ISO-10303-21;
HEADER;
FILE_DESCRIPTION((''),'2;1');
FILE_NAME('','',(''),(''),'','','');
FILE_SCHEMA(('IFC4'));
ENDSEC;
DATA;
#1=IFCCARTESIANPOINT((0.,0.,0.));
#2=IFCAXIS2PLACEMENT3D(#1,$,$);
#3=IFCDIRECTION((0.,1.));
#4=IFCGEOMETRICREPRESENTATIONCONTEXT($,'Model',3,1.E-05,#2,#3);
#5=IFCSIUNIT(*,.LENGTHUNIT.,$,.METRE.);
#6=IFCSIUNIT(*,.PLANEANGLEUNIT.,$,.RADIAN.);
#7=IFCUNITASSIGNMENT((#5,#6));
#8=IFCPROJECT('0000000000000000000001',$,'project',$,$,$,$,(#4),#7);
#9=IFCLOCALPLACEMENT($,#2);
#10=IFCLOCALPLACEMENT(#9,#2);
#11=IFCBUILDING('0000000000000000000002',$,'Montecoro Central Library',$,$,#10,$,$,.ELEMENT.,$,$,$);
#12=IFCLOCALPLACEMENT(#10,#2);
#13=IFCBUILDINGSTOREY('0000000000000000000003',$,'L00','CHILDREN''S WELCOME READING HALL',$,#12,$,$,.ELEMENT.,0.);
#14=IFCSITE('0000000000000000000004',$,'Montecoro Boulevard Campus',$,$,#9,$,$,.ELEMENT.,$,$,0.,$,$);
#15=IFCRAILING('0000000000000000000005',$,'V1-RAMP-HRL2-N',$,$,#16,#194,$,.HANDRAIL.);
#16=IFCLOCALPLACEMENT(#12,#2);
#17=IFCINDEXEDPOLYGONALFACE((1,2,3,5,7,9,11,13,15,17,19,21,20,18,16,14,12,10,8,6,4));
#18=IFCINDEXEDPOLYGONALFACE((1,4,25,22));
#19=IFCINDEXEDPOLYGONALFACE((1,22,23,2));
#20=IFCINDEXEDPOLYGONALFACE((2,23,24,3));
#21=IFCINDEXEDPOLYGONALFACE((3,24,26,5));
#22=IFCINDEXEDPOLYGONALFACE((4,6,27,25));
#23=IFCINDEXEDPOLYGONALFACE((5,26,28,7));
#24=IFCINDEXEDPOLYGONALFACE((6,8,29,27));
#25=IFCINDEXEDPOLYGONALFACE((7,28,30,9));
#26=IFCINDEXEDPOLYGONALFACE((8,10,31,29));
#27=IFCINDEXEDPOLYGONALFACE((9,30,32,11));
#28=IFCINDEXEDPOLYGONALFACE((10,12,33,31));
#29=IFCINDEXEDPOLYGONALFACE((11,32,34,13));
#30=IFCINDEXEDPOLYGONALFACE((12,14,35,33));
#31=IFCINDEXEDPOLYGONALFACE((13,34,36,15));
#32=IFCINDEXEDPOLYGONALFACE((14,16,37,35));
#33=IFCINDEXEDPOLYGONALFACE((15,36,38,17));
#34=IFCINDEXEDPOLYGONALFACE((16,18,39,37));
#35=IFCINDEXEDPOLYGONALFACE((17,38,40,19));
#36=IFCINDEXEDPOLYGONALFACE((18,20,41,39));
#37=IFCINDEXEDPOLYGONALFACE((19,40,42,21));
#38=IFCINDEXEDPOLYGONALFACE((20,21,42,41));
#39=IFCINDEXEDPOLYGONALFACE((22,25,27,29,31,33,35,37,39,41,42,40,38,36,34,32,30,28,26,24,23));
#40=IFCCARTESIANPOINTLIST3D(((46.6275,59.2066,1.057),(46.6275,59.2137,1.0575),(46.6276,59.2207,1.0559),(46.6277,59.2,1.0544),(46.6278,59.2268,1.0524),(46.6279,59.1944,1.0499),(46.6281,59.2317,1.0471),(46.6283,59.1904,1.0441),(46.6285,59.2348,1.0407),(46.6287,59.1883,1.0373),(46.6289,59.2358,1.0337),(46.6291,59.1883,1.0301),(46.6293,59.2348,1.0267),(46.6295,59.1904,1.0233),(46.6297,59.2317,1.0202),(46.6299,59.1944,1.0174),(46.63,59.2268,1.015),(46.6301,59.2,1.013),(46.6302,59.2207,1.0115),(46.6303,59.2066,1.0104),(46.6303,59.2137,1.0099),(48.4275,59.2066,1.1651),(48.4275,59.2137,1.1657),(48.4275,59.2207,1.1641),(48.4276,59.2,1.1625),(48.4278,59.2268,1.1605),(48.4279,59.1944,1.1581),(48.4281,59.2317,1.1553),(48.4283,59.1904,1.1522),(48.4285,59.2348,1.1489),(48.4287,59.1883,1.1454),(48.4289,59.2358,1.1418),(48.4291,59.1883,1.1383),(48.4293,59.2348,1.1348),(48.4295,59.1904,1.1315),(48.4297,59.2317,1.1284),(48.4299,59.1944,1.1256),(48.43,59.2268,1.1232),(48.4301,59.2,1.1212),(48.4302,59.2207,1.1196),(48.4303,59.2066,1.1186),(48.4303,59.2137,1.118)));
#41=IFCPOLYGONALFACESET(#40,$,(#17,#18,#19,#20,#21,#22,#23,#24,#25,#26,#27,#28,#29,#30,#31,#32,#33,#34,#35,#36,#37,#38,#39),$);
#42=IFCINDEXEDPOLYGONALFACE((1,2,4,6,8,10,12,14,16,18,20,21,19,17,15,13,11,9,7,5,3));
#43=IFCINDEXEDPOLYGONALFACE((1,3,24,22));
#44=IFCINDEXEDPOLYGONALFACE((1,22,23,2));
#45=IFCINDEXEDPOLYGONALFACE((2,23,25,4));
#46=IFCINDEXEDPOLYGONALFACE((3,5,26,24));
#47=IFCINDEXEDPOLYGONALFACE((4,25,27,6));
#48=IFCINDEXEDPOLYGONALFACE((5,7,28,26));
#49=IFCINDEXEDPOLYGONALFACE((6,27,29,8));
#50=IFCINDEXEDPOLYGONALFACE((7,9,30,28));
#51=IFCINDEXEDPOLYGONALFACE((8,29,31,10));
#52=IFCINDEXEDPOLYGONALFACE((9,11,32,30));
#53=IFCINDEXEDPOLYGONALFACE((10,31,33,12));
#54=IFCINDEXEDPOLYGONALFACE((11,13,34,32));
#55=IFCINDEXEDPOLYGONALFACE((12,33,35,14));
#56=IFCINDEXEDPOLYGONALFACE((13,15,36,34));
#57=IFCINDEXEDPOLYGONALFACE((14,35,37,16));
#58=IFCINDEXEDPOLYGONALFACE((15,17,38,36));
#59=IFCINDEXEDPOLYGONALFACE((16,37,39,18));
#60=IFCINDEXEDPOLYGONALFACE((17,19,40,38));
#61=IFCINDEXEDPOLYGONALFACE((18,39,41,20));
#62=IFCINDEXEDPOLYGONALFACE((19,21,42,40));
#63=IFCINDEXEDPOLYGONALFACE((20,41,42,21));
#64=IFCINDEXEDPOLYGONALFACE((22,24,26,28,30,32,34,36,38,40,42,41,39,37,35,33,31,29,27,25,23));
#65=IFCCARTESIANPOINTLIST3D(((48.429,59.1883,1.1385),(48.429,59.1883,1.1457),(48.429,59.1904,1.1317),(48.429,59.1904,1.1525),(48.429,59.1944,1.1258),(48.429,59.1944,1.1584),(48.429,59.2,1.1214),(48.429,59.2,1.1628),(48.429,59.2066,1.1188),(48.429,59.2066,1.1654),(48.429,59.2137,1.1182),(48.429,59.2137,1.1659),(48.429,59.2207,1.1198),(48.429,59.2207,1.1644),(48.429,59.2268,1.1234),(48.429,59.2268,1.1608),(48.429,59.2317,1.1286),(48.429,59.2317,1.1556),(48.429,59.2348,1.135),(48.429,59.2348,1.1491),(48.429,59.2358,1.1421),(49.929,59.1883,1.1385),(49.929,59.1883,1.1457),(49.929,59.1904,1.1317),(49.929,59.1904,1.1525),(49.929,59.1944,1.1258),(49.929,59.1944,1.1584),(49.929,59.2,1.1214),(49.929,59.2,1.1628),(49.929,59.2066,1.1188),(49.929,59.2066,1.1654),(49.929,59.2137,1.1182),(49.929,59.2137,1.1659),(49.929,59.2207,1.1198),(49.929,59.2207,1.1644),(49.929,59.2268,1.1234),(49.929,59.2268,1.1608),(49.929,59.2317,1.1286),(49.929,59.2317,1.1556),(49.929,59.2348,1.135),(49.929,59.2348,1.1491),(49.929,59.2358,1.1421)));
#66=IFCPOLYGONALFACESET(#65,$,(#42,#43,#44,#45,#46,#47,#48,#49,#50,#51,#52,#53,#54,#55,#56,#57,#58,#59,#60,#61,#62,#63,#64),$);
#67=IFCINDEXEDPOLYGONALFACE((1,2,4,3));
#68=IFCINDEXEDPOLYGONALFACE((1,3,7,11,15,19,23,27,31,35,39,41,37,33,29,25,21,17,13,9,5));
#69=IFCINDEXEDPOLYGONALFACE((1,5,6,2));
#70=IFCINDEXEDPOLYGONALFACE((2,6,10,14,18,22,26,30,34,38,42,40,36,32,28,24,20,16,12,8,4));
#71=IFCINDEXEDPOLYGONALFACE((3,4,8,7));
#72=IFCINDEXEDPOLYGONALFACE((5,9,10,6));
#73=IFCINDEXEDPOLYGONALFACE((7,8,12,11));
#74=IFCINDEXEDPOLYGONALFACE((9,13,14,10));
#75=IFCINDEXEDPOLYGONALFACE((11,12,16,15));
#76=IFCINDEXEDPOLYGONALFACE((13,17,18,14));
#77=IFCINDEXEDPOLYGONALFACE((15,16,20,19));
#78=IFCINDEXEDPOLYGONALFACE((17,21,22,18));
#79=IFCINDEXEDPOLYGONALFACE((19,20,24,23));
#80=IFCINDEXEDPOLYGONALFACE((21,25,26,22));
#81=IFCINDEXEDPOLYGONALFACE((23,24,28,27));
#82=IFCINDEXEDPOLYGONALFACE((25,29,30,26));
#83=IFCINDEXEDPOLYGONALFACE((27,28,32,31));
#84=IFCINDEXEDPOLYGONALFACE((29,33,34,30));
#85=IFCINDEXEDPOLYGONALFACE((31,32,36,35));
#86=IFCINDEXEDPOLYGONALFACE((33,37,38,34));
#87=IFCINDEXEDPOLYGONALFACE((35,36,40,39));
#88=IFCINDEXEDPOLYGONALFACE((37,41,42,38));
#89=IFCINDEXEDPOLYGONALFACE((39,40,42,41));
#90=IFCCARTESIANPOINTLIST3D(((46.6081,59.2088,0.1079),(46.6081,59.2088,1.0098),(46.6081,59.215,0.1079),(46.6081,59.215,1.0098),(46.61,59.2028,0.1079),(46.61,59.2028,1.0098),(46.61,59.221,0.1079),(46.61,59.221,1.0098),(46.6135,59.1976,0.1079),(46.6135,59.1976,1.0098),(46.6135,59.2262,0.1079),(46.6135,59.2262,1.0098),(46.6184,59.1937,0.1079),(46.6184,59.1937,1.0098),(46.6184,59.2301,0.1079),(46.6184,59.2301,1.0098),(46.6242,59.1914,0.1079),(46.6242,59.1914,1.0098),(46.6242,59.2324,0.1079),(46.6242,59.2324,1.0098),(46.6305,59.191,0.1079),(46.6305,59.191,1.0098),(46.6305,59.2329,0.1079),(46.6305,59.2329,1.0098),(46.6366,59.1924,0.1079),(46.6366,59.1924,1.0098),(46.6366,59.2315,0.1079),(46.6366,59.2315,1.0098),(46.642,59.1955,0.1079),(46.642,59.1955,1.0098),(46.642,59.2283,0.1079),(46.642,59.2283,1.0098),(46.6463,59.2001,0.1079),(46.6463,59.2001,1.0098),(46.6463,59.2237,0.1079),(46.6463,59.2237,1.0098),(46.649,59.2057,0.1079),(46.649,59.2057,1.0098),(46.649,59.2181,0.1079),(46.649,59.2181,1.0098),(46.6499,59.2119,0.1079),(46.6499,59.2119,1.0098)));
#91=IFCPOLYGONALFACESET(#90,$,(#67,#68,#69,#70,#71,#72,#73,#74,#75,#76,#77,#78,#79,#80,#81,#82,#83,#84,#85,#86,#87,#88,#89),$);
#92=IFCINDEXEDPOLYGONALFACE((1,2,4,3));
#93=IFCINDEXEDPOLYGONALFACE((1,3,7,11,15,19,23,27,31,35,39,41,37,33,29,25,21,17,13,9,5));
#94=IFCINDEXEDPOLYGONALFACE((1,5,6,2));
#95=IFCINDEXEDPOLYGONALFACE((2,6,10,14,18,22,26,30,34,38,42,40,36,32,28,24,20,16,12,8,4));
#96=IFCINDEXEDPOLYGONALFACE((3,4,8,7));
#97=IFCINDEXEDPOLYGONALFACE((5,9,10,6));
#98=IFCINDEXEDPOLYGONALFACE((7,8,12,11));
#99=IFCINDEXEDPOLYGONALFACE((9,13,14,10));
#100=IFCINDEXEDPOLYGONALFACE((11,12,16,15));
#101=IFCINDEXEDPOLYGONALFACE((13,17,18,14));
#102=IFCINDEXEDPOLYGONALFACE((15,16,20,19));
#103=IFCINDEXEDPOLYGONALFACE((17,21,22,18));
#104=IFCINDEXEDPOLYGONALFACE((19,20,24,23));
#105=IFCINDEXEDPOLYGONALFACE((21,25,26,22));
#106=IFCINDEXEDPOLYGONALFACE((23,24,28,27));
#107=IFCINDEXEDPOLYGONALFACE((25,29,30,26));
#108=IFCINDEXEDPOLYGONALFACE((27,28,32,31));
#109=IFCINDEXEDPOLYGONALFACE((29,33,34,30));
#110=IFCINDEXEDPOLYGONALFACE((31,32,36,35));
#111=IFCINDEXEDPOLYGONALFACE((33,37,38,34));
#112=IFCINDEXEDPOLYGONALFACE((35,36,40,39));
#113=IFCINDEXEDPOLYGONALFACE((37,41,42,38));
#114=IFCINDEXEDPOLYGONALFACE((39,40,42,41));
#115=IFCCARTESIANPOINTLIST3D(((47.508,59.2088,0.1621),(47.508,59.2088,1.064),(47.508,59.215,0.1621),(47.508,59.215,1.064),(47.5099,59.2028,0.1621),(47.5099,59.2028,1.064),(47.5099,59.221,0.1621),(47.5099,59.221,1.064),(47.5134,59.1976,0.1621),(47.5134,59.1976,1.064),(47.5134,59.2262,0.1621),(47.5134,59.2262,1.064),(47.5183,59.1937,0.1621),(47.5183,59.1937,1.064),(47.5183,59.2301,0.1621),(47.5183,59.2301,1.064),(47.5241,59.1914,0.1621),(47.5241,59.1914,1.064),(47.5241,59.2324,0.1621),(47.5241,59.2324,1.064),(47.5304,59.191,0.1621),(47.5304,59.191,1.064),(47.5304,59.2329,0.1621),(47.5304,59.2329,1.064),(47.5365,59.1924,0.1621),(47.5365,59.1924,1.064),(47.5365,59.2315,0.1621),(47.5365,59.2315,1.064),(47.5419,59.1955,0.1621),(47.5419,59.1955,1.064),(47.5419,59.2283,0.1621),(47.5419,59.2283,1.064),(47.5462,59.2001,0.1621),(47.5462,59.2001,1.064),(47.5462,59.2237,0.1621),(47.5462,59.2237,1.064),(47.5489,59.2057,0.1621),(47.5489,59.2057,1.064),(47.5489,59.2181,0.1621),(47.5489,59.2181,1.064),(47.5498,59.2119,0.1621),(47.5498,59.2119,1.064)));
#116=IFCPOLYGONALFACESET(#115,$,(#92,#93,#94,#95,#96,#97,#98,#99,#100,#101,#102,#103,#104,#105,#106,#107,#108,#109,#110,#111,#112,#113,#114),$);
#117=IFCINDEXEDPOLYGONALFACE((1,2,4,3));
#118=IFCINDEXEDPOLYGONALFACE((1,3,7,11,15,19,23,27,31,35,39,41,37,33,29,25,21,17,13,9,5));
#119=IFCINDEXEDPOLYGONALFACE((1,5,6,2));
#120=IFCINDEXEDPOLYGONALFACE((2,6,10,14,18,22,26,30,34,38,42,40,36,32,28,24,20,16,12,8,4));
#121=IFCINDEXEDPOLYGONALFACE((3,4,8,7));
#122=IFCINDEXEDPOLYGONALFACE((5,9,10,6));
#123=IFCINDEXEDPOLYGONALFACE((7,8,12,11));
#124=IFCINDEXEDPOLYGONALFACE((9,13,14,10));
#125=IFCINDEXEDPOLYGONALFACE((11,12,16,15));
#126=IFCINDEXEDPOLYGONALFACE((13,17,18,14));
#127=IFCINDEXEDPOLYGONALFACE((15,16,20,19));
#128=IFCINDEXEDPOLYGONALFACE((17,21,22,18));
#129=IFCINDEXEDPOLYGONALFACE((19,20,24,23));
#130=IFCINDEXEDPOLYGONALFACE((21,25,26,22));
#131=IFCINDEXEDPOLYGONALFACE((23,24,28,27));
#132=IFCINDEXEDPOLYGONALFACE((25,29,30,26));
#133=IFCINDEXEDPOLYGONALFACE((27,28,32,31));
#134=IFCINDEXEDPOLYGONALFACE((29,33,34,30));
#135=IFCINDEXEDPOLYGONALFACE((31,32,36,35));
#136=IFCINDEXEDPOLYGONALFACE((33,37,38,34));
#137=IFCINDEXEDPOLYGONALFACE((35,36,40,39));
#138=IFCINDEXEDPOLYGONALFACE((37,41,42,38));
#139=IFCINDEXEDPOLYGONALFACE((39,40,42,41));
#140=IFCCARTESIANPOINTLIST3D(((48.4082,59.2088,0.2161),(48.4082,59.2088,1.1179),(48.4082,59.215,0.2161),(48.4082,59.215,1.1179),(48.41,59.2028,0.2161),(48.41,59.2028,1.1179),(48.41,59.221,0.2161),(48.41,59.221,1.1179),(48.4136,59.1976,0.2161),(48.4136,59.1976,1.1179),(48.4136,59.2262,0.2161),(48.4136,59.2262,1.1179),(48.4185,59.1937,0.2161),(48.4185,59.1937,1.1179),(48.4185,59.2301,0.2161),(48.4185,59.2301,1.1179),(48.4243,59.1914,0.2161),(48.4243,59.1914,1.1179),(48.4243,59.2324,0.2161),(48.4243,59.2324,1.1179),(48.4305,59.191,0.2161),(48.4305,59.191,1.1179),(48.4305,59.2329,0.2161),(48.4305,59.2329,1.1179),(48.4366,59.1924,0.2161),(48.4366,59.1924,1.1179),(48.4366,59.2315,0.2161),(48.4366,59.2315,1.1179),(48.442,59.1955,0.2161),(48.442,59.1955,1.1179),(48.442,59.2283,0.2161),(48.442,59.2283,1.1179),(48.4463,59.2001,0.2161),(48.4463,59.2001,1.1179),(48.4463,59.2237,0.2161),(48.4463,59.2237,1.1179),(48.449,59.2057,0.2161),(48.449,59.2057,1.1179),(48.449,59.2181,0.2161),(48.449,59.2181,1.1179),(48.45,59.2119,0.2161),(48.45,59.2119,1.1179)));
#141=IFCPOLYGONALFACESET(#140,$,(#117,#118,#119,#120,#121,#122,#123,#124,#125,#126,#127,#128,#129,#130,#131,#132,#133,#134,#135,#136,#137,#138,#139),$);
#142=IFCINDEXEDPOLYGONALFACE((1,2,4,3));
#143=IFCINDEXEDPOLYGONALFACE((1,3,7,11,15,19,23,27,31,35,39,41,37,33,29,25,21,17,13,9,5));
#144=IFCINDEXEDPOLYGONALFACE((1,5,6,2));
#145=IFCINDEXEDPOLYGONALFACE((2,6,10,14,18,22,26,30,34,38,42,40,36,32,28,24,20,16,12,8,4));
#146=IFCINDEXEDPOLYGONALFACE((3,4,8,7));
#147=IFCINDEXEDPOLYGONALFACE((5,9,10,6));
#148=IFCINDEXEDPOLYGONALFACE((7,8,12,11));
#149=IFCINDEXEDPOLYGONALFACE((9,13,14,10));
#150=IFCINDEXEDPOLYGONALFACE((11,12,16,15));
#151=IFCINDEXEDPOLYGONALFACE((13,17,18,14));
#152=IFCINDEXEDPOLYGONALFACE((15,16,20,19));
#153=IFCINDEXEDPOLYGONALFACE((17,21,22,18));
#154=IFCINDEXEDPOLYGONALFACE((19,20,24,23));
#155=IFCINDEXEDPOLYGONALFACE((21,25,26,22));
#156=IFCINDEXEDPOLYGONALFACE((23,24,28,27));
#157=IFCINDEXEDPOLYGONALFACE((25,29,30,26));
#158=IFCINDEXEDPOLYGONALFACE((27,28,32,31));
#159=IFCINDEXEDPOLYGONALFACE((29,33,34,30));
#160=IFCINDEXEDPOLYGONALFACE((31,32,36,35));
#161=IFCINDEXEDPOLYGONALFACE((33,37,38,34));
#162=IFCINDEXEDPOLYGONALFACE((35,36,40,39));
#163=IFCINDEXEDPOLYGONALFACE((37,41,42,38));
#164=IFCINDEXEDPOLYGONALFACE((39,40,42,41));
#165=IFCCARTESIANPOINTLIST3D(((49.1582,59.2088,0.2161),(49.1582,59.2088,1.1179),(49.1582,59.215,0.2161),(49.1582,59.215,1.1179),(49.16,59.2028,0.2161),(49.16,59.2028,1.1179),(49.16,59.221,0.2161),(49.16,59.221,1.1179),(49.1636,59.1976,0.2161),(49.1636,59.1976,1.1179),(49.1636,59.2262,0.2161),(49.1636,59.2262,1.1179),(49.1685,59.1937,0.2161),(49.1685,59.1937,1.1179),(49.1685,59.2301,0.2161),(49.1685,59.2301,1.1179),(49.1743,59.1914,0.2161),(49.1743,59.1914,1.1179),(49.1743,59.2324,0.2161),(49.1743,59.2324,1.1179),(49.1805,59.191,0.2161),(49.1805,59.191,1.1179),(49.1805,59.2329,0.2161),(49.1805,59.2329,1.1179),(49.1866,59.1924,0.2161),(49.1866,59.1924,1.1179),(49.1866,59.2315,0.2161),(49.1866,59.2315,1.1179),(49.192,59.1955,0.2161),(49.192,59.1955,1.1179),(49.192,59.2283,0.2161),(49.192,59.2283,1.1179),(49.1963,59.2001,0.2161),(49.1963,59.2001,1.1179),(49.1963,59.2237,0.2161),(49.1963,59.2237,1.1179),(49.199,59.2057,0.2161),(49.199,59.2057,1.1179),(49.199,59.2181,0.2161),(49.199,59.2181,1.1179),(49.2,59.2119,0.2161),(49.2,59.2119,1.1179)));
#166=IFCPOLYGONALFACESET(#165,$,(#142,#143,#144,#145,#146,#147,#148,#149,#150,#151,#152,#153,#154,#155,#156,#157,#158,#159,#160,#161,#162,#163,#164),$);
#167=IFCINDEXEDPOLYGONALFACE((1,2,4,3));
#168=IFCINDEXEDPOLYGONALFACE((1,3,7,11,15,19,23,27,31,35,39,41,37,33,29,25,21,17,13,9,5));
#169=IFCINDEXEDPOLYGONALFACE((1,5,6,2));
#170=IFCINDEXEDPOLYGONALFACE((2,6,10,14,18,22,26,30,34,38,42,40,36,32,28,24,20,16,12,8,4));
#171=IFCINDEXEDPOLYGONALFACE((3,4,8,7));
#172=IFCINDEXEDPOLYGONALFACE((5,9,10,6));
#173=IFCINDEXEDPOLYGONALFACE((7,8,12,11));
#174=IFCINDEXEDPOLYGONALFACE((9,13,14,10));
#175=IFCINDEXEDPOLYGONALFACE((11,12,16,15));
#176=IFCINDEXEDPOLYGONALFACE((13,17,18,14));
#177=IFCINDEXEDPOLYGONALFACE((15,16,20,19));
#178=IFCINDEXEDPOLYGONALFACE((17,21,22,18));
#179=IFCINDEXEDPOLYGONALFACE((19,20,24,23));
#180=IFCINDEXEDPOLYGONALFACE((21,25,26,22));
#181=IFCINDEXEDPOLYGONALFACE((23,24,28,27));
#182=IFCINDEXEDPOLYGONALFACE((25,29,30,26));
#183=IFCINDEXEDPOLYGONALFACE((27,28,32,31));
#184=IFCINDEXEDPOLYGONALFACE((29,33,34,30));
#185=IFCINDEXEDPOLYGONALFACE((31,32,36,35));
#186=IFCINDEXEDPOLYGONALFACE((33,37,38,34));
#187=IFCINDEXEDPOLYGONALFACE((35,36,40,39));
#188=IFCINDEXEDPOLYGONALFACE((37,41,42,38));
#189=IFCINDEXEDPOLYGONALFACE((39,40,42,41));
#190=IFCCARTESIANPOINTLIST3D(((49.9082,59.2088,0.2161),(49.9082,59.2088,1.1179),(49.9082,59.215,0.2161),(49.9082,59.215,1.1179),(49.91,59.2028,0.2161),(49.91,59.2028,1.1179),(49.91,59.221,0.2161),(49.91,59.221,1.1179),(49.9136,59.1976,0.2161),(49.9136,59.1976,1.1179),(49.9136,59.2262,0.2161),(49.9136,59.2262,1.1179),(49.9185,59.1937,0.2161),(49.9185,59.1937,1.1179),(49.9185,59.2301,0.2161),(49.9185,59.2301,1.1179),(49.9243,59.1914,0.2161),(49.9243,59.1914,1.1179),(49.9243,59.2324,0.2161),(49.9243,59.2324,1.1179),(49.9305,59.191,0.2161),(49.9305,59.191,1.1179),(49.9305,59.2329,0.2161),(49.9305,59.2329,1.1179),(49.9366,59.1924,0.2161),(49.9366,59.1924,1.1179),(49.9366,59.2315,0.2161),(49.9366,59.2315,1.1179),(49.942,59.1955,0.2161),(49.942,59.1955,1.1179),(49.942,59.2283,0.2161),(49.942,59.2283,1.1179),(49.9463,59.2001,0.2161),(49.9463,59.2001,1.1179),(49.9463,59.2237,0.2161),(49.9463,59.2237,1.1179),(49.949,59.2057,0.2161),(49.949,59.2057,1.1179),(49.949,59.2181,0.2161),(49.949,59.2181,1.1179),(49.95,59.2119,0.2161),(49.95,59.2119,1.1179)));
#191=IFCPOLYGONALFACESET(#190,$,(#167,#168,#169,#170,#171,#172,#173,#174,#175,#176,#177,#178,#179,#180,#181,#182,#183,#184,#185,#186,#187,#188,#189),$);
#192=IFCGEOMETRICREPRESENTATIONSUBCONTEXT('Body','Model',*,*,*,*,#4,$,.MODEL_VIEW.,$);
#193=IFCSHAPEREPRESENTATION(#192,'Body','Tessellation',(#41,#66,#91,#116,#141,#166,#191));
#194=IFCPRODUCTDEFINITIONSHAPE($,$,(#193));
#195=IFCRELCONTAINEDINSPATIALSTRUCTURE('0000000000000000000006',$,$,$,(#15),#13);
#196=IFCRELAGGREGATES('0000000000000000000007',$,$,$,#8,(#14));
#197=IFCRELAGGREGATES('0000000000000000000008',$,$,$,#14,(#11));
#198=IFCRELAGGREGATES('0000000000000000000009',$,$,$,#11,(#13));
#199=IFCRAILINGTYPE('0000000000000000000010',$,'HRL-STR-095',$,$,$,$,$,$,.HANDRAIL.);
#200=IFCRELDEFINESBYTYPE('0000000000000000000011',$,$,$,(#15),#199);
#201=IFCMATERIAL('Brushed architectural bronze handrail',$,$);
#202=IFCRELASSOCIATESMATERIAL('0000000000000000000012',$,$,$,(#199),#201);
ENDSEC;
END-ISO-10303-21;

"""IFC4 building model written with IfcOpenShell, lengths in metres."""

from ifc_helpers import new_model, si_unit, direction, frame, origin, origin_2d, place, context, subcontext, project, spatial, circle, extrude, material, type_object, element, save


model = new_model("IFC4")

# Units and contexts
model_context = context("Model", 3, precision=1e-05, world=origin(), true_north=direction((0.0, 1.0)))
body_context = subcontext(model_context, "Body", "Model", "MODEL_VIEW")
ifc_project = project(units=[si_unit("LENGTHUNIT", "METRE"), si_unit("PLANEANGLEUNIT", "RADIAN")], contexts=[model_context])

# Site, building, storey
site_placement = place(None, origin())
site = spatial("IfcSite", under=ifc_project, at=site_placement, Name="Montecoro Boulevard Campus", CompositionType="ELEMENT", RefElevation=0.0)
building_placement = place(site_placement, origin())
building = spatial("IfcBuilding", under=site, at=building_placement, Name="Montecoro Central Library", CompositionType="ELEMENT")
storey_placement = place(building_placement, origin())
storey = spatial("IfcBuildingStorey", under=building, at=storey_placement, Name="L00", Description="CHILDREN'S WELCOME READING HALL", CompositionType="ELEMENT", Elevation=0.0)

# Railing
ifc_material_1 = material(Name="Brushed architectural bronze handrail")
railing_type = type_object("IfcRailingType", Name="HRL-STR-095", PredefinedType="HANDRAIL", material=ifc_material_1)
railing_1_placement = place(storey_placement, frame((46.6289, 59.2119, 0.1079)))
element("IfcRailing", 1, at=railing_1_placement, inside=storey, type_object=railing_type, Name="V1-RAMP-HRL2-N", PredefinedType="HANDRAIL", context=body_context, shape_type="SweptSolid", body=[
    extrude(circle(Radius=0.0239, at=origin_2d()), frame((0.0, 0.0, 0.9258), z_axis=(0.9982, 0.0, 0.059976), x_axis=(0.0, 1.0, 0.0)), (0.0, 0.0, 1.0), 1.8032),
    extrude(circle(Radius=0.0239, at=origin_2d()), frame((1.8, 0.0, 1.0342), z_axis=(1.0, 0.0, 0.0), x_axis=(0.0, 1.0, 0.0)), (0.0, 0.0, 1.0), 1.5),
    extrude(circle(Radius=0.021, at=origin_2d()), origin(), (0.0, 0.0, 1.0), 0.9019),
    extrude(circle(Radius=0.021, at=origin_2d()), frame((0.8999, 0.0, 0.0542)), (0.0, 0.0, 1.0), 0.9019),
    extrude(circle(Radius=0.021, at=origin_2d()), frame((1.8, 0.0, 0.1082)), (0.0, 0.0, 1.0), 0.9019),
    extrude(circle(Radius=0.021, at=origin_2d()), frame((2.55, 0.0, 0.1082)), (0.0, 0.0, 1.0), 0.9019),
    extrude(circle(Radius=0.021, at=origin_2d()), frame((3.3, 0.0, 0.1082)), (0.0, 0.0, 1.0), 0.9019),
])

save(model, "model.ifc")
